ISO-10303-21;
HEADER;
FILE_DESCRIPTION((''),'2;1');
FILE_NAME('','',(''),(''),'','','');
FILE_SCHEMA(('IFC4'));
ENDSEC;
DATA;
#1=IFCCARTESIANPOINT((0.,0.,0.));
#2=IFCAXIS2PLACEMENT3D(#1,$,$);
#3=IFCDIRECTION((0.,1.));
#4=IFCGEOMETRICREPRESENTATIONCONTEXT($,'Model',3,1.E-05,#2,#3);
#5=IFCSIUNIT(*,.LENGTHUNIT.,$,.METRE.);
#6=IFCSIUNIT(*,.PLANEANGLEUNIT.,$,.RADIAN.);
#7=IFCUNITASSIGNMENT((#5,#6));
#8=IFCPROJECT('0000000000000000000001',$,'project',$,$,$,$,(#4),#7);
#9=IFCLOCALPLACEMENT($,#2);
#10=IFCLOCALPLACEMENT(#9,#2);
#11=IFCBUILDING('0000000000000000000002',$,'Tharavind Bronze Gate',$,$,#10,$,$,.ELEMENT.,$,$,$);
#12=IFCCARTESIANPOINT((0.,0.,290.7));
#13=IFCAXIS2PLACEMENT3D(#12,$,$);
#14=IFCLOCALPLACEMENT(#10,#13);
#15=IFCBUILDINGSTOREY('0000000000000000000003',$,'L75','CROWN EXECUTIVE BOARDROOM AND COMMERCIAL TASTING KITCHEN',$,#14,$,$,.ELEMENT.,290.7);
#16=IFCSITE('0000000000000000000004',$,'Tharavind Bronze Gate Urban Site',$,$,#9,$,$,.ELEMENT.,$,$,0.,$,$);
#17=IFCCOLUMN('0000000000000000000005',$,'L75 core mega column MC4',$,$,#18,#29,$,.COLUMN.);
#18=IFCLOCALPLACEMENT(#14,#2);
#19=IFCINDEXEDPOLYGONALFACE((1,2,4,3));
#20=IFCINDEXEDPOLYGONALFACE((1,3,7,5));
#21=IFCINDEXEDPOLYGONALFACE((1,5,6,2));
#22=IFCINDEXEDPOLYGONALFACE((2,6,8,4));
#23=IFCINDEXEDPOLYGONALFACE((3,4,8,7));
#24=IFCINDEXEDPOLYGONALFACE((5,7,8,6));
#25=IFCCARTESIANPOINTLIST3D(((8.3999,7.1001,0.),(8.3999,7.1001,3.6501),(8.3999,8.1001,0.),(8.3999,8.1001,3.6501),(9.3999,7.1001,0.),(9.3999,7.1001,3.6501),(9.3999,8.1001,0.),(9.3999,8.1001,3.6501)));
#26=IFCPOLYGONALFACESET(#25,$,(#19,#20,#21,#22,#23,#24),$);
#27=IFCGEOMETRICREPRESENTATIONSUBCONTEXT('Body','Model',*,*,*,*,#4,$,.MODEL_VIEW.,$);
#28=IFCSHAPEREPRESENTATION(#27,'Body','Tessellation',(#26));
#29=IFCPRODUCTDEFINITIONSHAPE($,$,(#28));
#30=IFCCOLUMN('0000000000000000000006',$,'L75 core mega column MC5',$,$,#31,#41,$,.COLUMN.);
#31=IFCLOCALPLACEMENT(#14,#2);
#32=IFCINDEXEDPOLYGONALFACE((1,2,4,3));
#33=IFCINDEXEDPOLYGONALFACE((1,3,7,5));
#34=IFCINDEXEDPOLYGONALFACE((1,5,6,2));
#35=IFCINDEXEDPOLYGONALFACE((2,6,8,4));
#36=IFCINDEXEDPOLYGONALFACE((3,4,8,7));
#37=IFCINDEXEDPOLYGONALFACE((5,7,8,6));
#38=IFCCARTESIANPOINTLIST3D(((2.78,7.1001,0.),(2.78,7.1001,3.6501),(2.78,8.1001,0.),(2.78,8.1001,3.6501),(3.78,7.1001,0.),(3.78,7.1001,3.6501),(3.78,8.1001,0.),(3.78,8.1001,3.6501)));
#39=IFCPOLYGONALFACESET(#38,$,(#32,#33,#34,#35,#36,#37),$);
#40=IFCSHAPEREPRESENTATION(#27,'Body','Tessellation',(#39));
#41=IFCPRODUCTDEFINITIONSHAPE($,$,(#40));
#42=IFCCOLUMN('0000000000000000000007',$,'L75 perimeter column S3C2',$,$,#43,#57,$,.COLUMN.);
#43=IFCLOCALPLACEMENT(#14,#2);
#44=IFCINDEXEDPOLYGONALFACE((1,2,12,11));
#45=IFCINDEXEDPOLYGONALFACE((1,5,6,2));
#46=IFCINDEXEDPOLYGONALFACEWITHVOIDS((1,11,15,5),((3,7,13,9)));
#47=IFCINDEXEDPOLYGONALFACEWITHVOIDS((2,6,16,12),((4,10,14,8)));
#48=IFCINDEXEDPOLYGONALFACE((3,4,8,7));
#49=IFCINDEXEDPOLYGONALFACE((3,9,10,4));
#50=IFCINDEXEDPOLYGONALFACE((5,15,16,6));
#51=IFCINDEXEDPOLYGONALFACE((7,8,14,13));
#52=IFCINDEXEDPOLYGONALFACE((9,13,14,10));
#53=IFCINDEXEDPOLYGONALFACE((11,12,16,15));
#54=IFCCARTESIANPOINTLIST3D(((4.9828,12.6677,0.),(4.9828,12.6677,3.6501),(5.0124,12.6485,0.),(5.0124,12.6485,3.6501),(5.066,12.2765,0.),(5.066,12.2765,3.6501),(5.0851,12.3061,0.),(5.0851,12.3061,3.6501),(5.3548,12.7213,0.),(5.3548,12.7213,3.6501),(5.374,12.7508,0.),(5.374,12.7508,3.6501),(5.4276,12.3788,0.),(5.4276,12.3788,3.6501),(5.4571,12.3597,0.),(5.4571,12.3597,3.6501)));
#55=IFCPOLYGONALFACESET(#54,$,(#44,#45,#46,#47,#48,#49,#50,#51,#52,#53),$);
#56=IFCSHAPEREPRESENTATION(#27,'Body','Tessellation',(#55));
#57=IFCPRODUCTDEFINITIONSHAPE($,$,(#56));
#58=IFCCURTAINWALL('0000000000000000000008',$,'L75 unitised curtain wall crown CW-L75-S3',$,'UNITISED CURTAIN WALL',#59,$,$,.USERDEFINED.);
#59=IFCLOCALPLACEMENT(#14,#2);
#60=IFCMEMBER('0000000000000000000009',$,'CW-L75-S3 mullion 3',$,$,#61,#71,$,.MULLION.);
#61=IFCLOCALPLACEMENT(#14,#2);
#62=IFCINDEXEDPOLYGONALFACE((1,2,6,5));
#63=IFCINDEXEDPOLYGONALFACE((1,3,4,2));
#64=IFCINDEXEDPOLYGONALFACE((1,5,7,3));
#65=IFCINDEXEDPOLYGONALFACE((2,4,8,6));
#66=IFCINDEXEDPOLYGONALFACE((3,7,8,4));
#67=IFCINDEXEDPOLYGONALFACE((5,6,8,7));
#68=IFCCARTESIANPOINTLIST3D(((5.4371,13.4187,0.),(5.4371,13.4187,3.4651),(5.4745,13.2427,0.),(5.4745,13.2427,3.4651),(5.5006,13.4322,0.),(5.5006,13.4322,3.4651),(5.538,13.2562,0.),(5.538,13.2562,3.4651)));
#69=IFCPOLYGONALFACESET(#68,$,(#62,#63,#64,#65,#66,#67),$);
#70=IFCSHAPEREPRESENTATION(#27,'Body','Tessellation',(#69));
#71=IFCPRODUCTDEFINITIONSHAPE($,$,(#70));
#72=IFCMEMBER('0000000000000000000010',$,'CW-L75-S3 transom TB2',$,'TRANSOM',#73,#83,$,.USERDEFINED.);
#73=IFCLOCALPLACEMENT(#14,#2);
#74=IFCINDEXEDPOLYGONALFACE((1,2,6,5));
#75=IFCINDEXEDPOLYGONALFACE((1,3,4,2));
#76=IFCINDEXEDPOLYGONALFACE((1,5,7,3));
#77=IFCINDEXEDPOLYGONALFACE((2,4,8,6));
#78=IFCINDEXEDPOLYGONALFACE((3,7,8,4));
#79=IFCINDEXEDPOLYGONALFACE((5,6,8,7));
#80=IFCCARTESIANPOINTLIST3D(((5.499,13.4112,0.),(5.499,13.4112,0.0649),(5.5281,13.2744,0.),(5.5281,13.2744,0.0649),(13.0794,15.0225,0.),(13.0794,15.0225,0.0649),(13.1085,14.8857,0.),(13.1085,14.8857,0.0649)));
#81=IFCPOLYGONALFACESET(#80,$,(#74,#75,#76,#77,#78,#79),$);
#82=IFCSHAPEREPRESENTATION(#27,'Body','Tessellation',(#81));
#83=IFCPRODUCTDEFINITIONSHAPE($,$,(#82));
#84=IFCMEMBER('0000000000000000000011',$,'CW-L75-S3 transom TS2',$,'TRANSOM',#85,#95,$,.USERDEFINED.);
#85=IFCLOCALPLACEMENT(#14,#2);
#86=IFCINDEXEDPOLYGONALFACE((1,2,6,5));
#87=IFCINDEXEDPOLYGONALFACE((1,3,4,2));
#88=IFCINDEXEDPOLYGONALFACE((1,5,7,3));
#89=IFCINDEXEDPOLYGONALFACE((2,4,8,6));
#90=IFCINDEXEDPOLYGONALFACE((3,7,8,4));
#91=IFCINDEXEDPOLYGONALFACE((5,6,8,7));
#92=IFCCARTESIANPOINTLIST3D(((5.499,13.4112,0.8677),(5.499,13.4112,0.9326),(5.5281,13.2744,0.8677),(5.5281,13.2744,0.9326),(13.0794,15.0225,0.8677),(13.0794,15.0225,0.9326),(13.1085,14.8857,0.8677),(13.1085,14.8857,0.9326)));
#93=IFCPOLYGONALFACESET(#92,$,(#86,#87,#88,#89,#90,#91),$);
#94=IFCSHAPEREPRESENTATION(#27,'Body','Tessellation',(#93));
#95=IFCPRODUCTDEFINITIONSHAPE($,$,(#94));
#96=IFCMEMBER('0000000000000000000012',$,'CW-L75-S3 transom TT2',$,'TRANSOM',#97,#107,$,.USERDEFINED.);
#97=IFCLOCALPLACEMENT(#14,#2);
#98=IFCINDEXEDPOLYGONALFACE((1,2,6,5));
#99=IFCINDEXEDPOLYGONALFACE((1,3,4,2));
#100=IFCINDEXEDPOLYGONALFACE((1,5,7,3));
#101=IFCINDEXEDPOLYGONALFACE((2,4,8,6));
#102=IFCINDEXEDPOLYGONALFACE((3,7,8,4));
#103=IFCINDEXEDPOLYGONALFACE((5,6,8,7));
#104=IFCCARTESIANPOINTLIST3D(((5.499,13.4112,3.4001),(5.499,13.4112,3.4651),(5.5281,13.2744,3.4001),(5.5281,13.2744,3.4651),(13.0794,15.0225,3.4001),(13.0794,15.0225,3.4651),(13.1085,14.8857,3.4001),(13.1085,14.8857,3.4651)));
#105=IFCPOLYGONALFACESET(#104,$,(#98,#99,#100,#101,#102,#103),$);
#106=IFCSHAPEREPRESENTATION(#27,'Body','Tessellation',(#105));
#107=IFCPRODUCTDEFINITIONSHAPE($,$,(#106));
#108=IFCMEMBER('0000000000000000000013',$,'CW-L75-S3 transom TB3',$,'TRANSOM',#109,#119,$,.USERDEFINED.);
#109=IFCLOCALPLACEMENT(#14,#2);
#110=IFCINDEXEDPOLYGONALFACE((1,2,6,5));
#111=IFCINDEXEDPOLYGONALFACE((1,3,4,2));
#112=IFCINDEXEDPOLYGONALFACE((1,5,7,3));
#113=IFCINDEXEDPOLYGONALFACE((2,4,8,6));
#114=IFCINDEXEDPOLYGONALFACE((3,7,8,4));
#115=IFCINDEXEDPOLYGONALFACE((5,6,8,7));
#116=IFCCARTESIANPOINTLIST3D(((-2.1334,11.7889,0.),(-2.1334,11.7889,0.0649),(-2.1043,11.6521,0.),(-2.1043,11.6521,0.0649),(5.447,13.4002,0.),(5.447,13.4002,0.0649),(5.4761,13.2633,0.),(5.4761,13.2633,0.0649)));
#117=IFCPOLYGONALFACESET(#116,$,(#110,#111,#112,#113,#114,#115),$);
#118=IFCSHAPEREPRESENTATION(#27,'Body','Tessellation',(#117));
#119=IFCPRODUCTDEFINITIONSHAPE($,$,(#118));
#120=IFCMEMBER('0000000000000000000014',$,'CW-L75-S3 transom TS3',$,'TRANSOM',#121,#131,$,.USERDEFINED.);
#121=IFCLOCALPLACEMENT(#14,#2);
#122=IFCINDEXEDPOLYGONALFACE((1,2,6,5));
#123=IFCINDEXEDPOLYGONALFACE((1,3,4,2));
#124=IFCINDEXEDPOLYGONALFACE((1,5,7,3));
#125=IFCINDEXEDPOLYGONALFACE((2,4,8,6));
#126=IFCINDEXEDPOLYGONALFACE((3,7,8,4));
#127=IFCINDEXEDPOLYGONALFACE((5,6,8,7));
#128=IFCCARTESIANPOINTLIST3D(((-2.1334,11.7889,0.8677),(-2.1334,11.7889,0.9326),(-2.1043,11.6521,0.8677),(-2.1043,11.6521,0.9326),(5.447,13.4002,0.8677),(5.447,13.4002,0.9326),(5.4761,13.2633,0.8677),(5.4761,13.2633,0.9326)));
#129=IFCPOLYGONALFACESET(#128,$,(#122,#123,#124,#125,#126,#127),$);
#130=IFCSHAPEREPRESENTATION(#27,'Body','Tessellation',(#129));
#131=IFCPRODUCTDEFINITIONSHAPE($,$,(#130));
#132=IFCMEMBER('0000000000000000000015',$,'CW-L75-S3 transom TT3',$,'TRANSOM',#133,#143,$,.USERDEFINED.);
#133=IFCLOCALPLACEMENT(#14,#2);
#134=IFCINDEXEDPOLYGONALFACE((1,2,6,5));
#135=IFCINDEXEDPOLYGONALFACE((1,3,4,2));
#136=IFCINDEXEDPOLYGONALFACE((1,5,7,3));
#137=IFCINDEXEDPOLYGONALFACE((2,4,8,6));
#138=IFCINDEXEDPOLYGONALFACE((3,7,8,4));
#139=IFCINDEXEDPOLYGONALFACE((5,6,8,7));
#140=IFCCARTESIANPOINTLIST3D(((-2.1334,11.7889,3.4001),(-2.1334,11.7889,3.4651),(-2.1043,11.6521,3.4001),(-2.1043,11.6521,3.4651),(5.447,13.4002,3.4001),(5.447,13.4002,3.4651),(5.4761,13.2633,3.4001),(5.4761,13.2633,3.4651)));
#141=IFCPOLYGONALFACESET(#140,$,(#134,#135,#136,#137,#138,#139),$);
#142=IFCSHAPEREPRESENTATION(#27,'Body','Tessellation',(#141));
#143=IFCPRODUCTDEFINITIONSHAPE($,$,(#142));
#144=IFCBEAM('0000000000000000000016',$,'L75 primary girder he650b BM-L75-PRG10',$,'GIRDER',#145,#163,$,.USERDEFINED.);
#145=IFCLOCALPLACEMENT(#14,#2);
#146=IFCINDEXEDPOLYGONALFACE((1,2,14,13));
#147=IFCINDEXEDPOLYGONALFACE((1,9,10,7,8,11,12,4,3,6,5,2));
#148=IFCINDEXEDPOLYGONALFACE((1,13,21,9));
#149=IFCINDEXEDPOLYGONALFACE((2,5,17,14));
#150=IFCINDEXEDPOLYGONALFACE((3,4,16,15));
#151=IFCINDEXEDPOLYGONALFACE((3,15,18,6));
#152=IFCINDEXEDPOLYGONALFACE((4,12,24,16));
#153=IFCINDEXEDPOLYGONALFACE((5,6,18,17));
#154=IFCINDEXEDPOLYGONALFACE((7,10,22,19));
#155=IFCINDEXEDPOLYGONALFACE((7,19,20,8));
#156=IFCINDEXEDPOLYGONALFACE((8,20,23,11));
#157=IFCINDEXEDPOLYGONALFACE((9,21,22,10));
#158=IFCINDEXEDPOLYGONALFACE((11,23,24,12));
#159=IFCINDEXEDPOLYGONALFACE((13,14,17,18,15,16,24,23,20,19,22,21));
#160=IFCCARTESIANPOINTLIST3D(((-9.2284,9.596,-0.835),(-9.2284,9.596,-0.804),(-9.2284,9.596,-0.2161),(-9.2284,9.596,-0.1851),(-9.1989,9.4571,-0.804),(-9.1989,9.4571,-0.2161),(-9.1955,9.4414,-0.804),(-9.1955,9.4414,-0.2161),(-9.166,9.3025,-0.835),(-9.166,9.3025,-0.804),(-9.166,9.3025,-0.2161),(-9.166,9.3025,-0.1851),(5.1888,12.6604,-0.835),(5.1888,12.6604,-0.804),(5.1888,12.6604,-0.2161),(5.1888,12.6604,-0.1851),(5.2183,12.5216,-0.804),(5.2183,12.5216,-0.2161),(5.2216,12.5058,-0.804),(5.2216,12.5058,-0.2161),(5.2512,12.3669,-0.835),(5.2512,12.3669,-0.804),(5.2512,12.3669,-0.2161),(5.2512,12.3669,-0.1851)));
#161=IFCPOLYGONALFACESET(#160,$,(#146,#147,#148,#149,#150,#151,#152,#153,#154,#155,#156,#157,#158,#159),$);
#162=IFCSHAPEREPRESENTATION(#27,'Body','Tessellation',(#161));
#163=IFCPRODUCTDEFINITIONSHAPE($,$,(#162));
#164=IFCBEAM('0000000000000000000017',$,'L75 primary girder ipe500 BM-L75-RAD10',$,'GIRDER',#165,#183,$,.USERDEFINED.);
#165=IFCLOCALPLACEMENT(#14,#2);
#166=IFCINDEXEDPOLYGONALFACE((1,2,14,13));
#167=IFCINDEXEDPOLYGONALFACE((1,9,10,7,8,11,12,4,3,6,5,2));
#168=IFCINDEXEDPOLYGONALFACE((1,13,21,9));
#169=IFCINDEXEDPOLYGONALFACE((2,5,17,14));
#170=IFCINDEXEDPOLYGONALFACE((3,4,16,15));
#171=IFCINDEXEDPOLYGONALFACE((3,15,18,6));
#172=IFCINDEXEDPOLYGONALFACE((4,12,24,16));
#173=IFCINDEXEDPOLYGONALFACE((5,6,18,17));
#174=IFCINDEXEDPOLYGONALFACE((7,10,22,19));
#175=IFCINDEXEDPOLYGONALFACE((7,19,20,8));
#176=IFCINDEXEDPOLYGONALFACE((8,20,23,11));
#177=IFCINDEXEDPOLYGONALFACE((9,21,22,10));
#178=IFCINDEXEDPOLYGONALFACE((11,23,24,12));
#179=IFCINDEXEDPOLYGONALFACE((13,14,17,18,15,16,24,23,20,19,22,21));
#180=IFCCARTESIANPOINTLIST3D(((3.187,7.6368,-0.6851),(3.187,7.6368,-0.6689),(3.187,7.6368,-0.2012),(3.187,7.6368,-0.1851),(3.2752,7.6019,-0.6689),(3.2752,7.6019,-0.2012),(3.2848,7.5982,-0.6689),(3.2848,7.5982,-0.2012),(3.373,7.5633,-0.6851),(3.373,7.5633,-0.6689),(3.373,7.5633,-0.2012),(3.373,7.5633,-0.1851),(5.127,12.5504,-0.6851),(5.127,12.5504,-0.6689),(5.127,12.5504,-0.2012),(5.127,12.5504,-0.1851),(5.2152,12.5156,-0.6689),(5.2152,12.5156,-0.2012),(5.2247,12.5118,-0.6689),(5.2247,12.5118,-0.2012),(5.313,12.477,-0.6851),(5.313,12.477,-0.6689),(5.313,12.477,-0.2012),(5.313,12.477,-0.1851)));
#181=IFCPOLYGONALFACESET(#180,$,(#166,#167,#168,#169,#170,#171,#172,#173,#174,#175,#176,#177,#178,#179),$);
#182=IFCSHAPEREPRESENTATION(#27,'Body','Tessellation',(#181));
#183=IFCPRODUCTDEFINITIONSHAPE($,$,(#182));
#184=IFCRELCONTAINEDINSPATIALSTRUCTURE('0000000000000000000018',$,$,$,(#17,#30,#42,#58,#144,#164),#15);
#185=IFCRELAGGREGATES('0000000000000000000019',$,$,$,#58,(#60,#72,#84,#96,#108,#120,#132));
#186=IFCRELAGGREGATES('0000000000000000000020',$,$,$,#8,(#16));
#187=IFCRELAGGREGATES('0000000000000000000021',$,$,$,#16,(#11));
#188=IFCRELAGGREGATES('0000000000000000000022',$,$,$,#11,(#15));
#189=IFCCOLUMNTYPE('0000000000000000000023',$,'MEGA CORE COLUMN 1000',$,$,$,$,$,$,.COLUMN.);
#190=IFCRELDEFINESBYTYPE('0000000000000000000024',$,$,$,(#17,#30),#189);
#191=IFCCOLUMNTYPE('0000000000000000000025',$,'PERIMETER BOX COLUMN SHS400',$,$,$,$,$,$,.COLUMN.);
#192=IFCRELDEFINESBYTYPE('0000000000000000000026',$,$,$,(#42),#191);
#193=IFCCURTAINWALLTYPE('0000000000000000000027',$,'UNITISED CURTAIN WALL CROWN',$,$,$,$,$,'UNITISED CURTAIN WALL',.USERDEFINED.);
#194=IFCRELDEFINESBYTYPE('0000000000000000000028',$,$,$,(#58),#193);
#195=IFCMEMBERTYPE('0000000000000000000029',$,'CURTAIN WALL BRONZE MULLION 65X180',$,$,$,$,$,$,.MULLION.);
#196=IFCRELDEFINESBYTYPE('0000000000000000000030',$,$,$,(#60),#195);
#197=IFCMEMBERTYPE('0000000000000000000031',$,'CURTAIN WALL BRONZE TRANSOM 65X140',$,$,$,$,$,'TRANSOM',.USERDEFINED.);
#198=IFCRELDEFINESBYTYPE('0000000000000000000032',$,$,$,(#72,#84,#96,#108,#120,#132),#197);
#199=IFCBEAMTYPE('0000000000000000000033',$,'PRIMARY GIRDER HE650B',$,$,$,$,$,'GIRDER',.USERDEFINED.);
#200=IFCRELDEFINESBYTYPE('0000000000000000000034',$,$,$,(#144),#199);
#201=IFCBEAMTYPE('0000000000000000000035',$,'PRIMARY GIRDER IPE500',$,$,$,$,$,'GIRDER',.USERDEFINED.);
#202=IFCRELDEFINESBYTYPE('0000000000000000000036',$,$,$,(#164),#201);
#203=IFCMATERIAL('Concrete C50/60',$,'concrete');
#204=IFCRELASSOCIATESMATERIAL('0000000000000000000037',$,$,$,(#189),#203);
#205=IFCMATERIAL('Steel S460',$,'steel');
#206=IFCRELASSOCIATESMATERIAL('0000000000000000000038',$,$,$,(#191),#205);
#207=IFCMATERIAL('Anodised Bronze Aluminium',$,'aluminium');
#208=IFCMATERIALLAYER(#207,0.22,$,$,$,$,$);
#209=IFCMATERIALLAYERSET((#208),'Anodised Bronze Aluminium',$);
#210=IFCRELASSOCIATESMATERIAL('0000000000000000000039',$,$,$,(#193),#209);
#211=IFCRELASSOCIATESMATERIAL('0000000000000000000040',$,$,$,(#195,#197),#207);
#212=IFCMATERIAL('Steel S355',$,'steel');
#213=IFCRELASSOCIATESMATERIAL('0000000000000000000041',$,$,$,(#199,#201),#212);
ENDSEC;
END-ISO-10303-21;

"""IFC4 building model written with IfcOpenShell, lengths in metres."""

from ifc_helpers import new_model, si_unit, direction, frame, origin, origin_2d, place, context, subcontext, project, spatial, rectangle, hollow_rectangle, i_section, extrude, material, layer, layer_set, material_profile, profile_set, type_object, element, aggregate, save


model = new_model("IFC4")

# Units and contexts
model_context = context("Model", 3, precision=1e-05, world=origin(), true_north=direction((0.0, 1.0)))
body_context = subcontext(model_context, "Body", "Model", "MODEL_VIEW")
ifc_project = project(units=[si_unit("LENGTHUNIT", "METRE"), si_unit("PLANEANGLEUNIT", "RADIAN")], contexts=[model_context])

# Site, building, storey
site_placement = place(None, origin())
site = spatial("IfcSite", under=ifc_project, at=site_placement, Name="Tharavind Bronze Gate Urban Site", CompositionType="ELEMENT", RefElevation=0.0)
building_placement = place(site_placement, origin())
building = spatial("IfcBuilding", under=site, at=building_placement, Name="Tharavind Bronze Gate", CompositionType="ELEMENT")
storey_placement = place(building_placement, frame((0.0, 0.0, 290.7)))
storey = spatial("IfcBuildingStorey", under=building, at=storey_placement, Name="L75", Description="CROWN EXECUTIVE BOARDROOM AND COMMERCIAL TASTING KITCHEN", CompositionType="ELEMENT", Elevation=290.7)

# Columns
ifc_material_1 = material(Name="Concrete C50/60", Category="concrete")
ifc_material_profile_1 = material_profile(ifc_material_1, rectangle(XDim=1.0, YDim=1.0, at=origin_2d()), Name="RCCOL1000")
ifc_profile_set_1 = profile_set([ifc_material_profile_1], Name="Concrete C50/60")
column_type_1 = type_object("IfcColumnType", Name="MEGA CORE COLUMN 1000", PredefinedType="COLUMN", material=ifc_profile_set_1)
for number, where, z_axis, x_axis, name in (
    (1, (8.8999, 7.6001, 0.0), (0.0, 0.0, 1.0), (1.0, 0.0, 0.0), "L75 core mega column MC4"),
    (2, (3.28, 7.6001, 0.0), (0.0, 0.0, 1.0), (1.0, 0.0, 0.0), "L75 core mega column MC5"),
):
    element("IfcColumn", number, at=place(storey_placement, frame(where, z_axis=z_axis, x_axis=x_axis)), inside=storey, type_object=column_type_1, Name=name, PredefinedType="COLUMN", context=body_context, shape_type="SweptSolid", body=[
        extrude(rectangle(XDim=1.0, YDim=1.0, at=origin_2d()), origin(), (0.0, 0.0, 1.0), 3.6501),
    ])
ifc_material_2 = material(Name="Steel S460", Category="steel")
ifc_material_profile_2 = material_profile(ifc_material_2, hollow_rectangle(XDim=0.3999, YDim=0.3999, WallThickness=0.0249, at=origin_2d()), Name="SHS400X25")
ifc_profile_set_2 = profile_set([ifc_material_profile_2], Name="Steel S460")
column_type_2 = type_object("IfcColumnType", Name="PERIMETER BOX COLUMN SHS400", PredefinedType="COLUMN", material=ifc_profile_set_2)
column_placement = place(storey_placement, frame((5.22, 12.5137, 0.0), z_axis=(0.0, 0.0, 1.0), x_axis=(0.978147, 0.207913, 0.0)))
element("IfcColumn", 3, at=column_placement, inside=storey, type_object=column_type_2, Name="L75 perimeter column S3C2", PredefinedType="COLUMN", context=body_context, shape_type="SweptSolid", body=[
    extrude(hollow_rectangle(XDim=0.3999, YDim=0.3999, WallThickness=0.0249, at=origin_2d()), origin(), (0.0, 0.0, 1.0), 3.6501),
])

# Curtain wall, members
ifc_material_3 = material(Name="Anodised Bronze Aluminium", Category="aluminium")
ifc_layer_1 = layer(ifc_material_3, 0.22)
ifc_layer_set_1 = layer_set([ifc_layer_1], Name="Anodised Bronze Aluminium")
curtain_wall_type = type_object("IfcCurtainWallType", Name="UNITISED CURTAIN WALL CROWN", ElementType="UNITISED CURTAIN WALL", PredefinedType="USERDEFINED", material=ifc_layer_set_1)
curtain_wall_placement = place(storey_placement, origin())
curtain_wall = element("IfcCurtainWall", 4, at=curtain_wall_placement, inside=storey, type_object=curtain_wall_type, Name="L75 unitised curtain wall crown CW-L75-S3", ObjectType="UNITISED CURTAIN WALL", PredefinedType="USERDEFINED")
member_type_1 = type_object("IfcMemberType", Name="CURTAIN WALL BRONZE MULLION 65X180", PredefinedType="MULLION", material=ifc_material_3)
member_1_placement = place(storey_placement, frame((5.4875, 13.3374, 0.0), z_axis=(0.0, 0.0, 1.0), x_axis=(-0.978147, -0.207913, 0.0)))
member_1 = element("IfcMember", 5, at=member_1_placement, type_object=member_type_1, Name="CW-L75-S3 mullion 3", PredefinedType="MULLION", context=body_context, shape_type="SweptSolid", body=[
    extrude(rectangle(XDim=0.0649, YDim=0.1799, at=origin_2d()), origin(), (0.0, 0.0, 1.0), 3.4651),
])
member_type_2 = type_object("IfcMemberType", Name="CURTAIN WALL BRONZE TRANSOM 65X140", ElementType="TRANSOM", PredefinedType="USERDEFINED", material=ifc_material_3)
member_2_placement = place(storey_placement, frame((9.3037, 14.1484, 0.0), z_axis=(0.0, 0.0, 1.0), x_axis=(-0.978147, -0.207913, 0.0)))
member_2 = element("IfcMember", 6, at=member_2_placement, type_object=member_type_2, Name="CW-L75-S3 transom TB2", ObjectType="TRANSOM", PredefinedType="USERDEFINED", context=body_context, shape_type="SweptSolid", body=[
    extrude(rectangle(XDim=7.7498, YDim=0.1399, at=origin_2d()), origin(), (0.0, 0.0, 1.0), 0.0649),
])
member_3_placement = place(storey_placement, frame((9.3037, 14.1484, 0.8677), z_axis=(0.0, 0.0, 1.0), x_axis=(-0.978147, -0.207913, 0.0)))
member_3 = element("IfcMember", 7, at=member_3_placement, type_object=member_type_2, Name="CW-L75-S3 transom TS2", ObjectType="TRANSOM", PredefinedType="USERDEFINED", context=body_context, shape_type="SweptSolid", body=[
    extrude(rectangle(XDim=7.7498, YDim=0.1399, at=origin_2d()), origin(), (0.0, 0.0, 1.0), 0.0649),
])
member_4_placement = place(storey_placement, frame((9.3037, 14.1484, 3.4001), z_axis=(0.0, 0.0, 1.0), x_axis=(-0.978147, -0.207913, 0.0)))
member_4 = element("IfcMember", 8, at=member_4_placement, type_object=member_type_2, Name="CW-L75-S3 transom TT2", ObjectType="TRANSOM", PredefinedType="USERDEFINED", context=body_context, shape_type="SweptSolid", body=[
    extrude(rectangle(XDim=7.7498, YDim=0.1399, at=origin_2d()), origin(), (0.0, 0.0, 1.0), 0.0649),
])
member_5_placement = place(storey_placement, frame((1.6714, 12.5261, 0.0), z_axis=(0.0, 0.0, 1.0), x_axis=(-0.978147, -0.207913, 0.0)))
member_5 = element("IfcMember", 9, at=member_5_placement, type_object=member_type_2, Name="CW-L75-S3 transom TB3", ObjectType="TRANSOM", PredefinedType="USERDEFINED", context=body_context, shape_type="SweptSolid", body=[
    extrude(rectangle(XDim=7.7498, YDim=0.1399, at=origin_2d()), origin(), (0.0, 0.0, 1.0), 0.0649),
])
member_6_placement = place(storey_placement, frame((1.6714, 12.5261, 0.8677), z_axis=(0.0, 0.0, 1.0), x_axis=(-0.978147, -0.207913, 0.0)))
member_6 = element("IfcMember", 10, at=member_6_placement, type_object=member_type_2, Name="CW-L75-S3 transom TS3", ObjectType="TRANSOM", PredefinedType="USERDEFINED", context=body_context, shape_type="SweptSolid", body=[
    extrude(rectangle(XDim=7.7498, YDim=0.1399, at=origin_2d()), origin(), (0.0, 0.0, 1.0), 0.0649),
])
member_7_placement = place(storey_placement, frame((1.6714, 12.5261, 3.4001), z_axis=(0.0, 0.0, 1.0), x_axis=(-0.978147, -0.207913, 0.0)))
member_7 = element("IfcMember", 11, at=member_7_placement, type_object=member_type_2, Name="CW-L75-S3 transom TT3", ObjectType="TRANSOM", PredefinedType="USERDEFINED", context=body_context, shape_type="SweptSolid", body=[
    extrude(rectangle(XDim=7.7498, YDim=0.1399, at=origin_2d()), origin(), (0.0, 0.0, 1.0), 0.0649),
])

# Beams
ifc_material_4 = material(Name="Steel S355", Category="steel")
ifc_material_profile_3 = material_profile(ifc_material_4, i_section(OverallWidth=0.3, OverallDepth=0.6499, WebThickness=0.0161, FlangeThickness=0.031, at=origin_2d()), Name="HE650B")
ifc_profile_set_3 = profile_set([ifc_material_profile_3], Name="Steel S355")
beam_type_1 = type_object("IfcBeamType", Name="PRIMARY GIRDER HE650B", ElementType="GIRDER", PredefinedType="USERDEFINED", material=ifc_profile_set_3)
beam_1_placement = place(storey_placement, frame((5.22, 12.5137, -0.51), z_axis=(-0.978148, -0.20791, 0.0), x_axis=(0.20791, -0.978148, 0.0)))
element("IfcBeam", 12, at=beam_1_placement, inside=storey, type_object=beam_type_1, Name="L75 primary girder he650b BM-L75-PRG10", ObjectType="GIRDER", PredefinedType="USERDEFINED", context=body_context, shape_type="SweptSolid", body=[
    extrude(i_section(OverallWidth=0.3, OverallDepth=0.6499, WebThickness=0.0161, FlangeThickness=0.031, at=origin_2d()), origin(), (0.0, 0.0, 1.0), 14.7393),
])
ifc_material_profile_4 = material_profile(ifc_material_4, i_section(OverallWidth=0.2, OverallDepth=0.5, WebThickness=0.0103, FlangeThickness=0.0161, at=origin_2d()), Name="IPE500")
ifc_profile_set_4 = profile_set([ifc_material_profile_4], Name="Steel S355")
beam_type_2 = type_object("IfcBeamType", Name="PRIMARY GIRDER IPE500", ElementType="GIRDER", PredefinedType="USERDEFINED", material=ifc_profile_set_4)
beam_2_placement = place(storey_placement, frame((5.22, 12.5137, -0.4351), z_axis=(-0.367228, -0.930131, 0.0), x_axis=(0.930131, -0.367228, 0.0)))
element("IfcBeam", 13, at=beam_2_placement, inside=storey, type_object=beam_type_2, Name="L75 primary girder ipe500 BM-L75-RAD10", ObjectType="GIRDER", PredefinedType="USERDEFINED", context=body_context, shape_type="SweptSolid", body=[
    extrude(i_section(OverallWidth=0.2, OverallDepth=0.5, WebThickness=0.0103, FlangeThickness=0.0161, at=origin_2d()), origin(), (0.0, 0.0, 1.0), 5.2827),
])

aggregate(curtain_wall, [member_1, member_2, member_3, member_4, member_5, member_6, member_7])

save(model, "model.ifc")
